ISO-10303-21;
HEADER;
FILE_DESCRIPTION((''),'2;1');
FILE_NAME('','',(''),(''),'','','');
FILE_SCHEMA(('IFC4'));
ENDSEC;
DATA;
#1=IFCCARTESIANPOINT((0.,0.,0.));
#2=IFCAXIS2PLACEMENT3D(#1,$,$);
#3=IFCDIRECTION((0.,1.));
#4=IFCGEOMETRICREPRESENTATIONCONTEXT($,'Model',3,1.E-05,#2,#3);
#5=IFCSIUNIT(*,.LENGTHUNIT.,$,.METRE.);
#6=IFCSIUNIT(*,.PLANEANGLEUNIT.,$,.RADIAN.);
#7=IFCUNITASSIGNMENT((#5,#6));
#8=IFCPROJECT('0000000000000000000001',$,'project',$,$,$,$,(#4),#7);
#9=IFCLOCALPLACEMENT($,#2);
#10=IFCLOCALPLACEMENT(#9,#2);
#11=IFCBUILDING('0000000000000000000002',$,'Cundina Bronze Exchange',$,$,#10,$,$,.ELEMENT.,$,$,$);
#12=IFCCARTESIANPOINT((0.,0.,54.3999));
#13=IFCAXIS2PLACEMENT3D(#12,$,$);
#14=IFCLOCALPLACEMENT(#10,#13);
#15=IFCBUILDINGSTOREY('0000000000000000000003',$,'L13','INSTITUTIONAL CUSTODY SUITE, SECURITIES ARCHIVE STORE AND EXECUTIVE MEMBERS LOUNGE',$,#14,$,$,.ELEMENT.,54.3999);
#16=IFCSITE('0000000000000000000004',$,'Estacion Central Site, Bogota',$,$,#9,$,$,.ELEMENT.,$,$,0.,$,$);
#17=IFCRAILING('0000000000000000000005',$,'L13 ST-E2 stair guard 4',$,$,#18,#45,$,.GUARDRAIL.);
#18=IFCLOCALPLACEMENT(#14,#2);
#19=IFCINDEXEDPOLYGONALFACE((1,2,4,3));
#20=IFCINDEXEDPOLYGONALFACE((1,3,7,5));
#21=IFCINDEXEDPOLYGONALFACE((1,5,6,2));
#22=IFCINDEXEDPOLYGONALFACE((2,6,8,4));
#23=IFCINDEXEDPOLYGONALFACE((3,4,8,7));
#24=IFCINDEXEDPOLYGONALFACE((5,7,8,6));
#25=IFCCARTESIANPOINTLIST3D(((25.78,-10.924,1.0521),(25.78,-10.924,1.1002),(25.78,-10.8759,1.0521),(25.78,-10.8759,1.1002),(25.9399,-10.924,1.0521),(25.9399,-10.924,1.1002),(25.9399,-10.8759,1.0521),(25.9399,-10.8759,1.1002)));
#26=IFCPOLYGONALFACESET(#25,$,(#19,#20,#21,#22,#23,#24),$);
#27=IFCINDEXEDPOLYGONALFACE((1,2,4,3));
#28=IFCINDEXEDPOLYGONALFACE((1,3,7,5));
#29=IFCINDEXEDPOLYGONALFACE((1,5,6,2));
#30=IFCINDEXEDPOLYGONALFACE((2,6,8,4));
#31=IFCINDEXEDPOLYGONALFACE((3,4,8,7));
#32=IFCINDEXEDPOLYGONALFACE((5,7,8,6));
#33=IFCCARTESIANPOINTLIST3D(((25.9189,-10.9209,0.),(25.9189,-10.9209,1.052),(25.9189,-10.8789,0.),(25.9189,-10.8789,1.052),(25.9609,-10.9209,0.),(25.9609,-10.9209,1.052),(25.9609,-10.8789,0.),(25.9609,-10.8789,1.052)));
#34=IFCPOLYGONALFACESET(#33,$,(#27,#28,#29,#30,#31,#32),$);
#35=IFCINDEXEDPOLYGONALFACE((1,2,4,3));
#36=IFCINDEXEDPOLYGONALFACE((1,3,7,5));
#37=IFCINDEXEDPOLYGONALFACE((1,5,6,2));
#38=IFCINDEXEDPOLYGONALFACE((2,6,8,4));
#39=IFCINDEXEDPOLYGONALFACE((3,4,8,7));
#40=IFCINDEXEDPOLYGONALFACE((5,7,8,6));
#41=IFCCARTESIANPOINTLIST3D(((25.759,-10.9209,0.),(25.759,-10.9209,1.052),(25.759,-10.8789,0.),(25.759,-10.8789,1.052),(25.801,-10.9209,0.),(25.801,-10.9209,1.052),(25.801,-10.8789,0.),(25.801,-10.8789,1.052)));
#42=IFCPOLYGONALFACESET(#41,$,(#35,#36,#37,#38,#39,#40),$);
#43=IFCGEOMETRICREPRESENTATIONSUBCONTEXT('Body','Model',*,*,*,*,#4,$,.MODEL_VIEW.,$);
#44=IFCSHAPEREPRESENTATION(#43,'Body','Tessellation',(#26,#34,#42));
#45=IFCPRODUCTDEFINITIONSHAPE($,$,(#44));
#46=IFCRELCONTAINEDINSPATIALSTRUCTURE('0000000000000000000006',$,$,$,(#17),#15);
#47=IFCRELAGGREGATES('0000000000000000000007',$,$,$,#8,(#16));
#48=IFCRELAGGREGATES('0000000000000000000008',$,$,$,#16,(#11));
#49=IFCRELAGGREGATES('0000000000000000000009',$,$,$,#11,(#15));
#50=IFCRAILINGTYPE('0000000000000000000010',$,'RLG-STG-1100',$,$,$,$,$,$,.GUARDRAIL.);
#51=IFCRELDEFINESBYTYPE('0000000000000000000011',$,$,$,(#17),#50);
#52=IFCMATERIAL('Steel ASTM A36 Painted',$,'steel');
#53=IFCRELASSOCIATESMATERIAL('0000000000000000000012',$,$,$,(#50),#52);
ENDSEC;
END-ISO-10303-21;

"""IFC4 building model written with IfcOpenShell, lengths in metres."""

from ifc_helpers import new_model, si_unit, direction, frame, origin, origin_2d, place, context, subcontext, project, spatial, rectangle, extrude, material, type_object, element, save


model = new_model("IFC4")

# Units and contexts
model_context = context("Model", 3, precision=1e-05, world=origin(), true_north=direction((0.0, 1.0)))
body_context = subcontext(model_context, "Body", "Model", "MODEL_VIEW")
ifc_project = project(units=[si_unit("LENGTHUNIT", "METRE"), si_unit("PLANEANGLEUNIT", "RADIAN")], contexts=[model_context])

# Site, building, storey
site_placement = place(None, origin())
site = spatial("IfcSite", under=ifc_project, at=site_placement, Name="Estacion Central Site, Bogota", CompositionType="ELEMENT", RefElevation=0.0)
building_placement = place(site_placement, origin())
building = spatial("IfcBuilding", under=site, at=building_placement, Name="Cundina Bronze Exchange", CompositionType="ELEMENT")
storey_placement = place(building_placement, frame((0.0, 0.0, 54.3999)))
storey = spatial("IfcBuildingStorey", under=building, at=storey_placement, Name="L13", Description="INSTITUTIONAL CUSTODY SUITE, SECURITIES ARCHIVE STORE AND EXECUTIVE MEMBERS LOUNGE", CompositionType="ELEMENT", Elevation=54.3999)

# Shared definitions
ifc_material_1 = material(Name="Steel ASTM A36 Painted", Category="steel")

# Railing
railing_type_1 = type_object("IfcRailingType", Name="RLG-STG-1100", PredefinedType="GUARDRAIL", material=ifc_material_1)
railing_1_placement = place(storey_placement, frame((25.9399, -10.8999, 0.0)))
element("IfcRailing", 1, at=railing_1_placement, inside=storey, type_object=railing_type_1, Name="L13 ST-E2 stair guard 4", PredefinedType="GUARDRAIL", context=body_context, shape_type="SweptSolid", body=[
    extrude(rectangle(XDim=0.0481, YDim=0.0481, at=origin_2d()), frame((0.0, 0.0, 1.0762), z_axis=(-1.0, 0.0, 0.0), x_axis=(0.0, -1.0, 0.0)), (0.0, 0.0, 1.0), 0.1599),
    extrude(rectangle(XDim=0.042, YDim=0.042, at=origin_2d()), origin(), (0.0, 0.0, 1.0), 1.052),
    extrude(rectangle(XDim=0.042, YDim=0.042, at=origin_2d()), frame((-0.1599, 0.0, 0.0)), (0.0, 0.0, 1.0), 1.052),
])

save(model, "model.ifc")
